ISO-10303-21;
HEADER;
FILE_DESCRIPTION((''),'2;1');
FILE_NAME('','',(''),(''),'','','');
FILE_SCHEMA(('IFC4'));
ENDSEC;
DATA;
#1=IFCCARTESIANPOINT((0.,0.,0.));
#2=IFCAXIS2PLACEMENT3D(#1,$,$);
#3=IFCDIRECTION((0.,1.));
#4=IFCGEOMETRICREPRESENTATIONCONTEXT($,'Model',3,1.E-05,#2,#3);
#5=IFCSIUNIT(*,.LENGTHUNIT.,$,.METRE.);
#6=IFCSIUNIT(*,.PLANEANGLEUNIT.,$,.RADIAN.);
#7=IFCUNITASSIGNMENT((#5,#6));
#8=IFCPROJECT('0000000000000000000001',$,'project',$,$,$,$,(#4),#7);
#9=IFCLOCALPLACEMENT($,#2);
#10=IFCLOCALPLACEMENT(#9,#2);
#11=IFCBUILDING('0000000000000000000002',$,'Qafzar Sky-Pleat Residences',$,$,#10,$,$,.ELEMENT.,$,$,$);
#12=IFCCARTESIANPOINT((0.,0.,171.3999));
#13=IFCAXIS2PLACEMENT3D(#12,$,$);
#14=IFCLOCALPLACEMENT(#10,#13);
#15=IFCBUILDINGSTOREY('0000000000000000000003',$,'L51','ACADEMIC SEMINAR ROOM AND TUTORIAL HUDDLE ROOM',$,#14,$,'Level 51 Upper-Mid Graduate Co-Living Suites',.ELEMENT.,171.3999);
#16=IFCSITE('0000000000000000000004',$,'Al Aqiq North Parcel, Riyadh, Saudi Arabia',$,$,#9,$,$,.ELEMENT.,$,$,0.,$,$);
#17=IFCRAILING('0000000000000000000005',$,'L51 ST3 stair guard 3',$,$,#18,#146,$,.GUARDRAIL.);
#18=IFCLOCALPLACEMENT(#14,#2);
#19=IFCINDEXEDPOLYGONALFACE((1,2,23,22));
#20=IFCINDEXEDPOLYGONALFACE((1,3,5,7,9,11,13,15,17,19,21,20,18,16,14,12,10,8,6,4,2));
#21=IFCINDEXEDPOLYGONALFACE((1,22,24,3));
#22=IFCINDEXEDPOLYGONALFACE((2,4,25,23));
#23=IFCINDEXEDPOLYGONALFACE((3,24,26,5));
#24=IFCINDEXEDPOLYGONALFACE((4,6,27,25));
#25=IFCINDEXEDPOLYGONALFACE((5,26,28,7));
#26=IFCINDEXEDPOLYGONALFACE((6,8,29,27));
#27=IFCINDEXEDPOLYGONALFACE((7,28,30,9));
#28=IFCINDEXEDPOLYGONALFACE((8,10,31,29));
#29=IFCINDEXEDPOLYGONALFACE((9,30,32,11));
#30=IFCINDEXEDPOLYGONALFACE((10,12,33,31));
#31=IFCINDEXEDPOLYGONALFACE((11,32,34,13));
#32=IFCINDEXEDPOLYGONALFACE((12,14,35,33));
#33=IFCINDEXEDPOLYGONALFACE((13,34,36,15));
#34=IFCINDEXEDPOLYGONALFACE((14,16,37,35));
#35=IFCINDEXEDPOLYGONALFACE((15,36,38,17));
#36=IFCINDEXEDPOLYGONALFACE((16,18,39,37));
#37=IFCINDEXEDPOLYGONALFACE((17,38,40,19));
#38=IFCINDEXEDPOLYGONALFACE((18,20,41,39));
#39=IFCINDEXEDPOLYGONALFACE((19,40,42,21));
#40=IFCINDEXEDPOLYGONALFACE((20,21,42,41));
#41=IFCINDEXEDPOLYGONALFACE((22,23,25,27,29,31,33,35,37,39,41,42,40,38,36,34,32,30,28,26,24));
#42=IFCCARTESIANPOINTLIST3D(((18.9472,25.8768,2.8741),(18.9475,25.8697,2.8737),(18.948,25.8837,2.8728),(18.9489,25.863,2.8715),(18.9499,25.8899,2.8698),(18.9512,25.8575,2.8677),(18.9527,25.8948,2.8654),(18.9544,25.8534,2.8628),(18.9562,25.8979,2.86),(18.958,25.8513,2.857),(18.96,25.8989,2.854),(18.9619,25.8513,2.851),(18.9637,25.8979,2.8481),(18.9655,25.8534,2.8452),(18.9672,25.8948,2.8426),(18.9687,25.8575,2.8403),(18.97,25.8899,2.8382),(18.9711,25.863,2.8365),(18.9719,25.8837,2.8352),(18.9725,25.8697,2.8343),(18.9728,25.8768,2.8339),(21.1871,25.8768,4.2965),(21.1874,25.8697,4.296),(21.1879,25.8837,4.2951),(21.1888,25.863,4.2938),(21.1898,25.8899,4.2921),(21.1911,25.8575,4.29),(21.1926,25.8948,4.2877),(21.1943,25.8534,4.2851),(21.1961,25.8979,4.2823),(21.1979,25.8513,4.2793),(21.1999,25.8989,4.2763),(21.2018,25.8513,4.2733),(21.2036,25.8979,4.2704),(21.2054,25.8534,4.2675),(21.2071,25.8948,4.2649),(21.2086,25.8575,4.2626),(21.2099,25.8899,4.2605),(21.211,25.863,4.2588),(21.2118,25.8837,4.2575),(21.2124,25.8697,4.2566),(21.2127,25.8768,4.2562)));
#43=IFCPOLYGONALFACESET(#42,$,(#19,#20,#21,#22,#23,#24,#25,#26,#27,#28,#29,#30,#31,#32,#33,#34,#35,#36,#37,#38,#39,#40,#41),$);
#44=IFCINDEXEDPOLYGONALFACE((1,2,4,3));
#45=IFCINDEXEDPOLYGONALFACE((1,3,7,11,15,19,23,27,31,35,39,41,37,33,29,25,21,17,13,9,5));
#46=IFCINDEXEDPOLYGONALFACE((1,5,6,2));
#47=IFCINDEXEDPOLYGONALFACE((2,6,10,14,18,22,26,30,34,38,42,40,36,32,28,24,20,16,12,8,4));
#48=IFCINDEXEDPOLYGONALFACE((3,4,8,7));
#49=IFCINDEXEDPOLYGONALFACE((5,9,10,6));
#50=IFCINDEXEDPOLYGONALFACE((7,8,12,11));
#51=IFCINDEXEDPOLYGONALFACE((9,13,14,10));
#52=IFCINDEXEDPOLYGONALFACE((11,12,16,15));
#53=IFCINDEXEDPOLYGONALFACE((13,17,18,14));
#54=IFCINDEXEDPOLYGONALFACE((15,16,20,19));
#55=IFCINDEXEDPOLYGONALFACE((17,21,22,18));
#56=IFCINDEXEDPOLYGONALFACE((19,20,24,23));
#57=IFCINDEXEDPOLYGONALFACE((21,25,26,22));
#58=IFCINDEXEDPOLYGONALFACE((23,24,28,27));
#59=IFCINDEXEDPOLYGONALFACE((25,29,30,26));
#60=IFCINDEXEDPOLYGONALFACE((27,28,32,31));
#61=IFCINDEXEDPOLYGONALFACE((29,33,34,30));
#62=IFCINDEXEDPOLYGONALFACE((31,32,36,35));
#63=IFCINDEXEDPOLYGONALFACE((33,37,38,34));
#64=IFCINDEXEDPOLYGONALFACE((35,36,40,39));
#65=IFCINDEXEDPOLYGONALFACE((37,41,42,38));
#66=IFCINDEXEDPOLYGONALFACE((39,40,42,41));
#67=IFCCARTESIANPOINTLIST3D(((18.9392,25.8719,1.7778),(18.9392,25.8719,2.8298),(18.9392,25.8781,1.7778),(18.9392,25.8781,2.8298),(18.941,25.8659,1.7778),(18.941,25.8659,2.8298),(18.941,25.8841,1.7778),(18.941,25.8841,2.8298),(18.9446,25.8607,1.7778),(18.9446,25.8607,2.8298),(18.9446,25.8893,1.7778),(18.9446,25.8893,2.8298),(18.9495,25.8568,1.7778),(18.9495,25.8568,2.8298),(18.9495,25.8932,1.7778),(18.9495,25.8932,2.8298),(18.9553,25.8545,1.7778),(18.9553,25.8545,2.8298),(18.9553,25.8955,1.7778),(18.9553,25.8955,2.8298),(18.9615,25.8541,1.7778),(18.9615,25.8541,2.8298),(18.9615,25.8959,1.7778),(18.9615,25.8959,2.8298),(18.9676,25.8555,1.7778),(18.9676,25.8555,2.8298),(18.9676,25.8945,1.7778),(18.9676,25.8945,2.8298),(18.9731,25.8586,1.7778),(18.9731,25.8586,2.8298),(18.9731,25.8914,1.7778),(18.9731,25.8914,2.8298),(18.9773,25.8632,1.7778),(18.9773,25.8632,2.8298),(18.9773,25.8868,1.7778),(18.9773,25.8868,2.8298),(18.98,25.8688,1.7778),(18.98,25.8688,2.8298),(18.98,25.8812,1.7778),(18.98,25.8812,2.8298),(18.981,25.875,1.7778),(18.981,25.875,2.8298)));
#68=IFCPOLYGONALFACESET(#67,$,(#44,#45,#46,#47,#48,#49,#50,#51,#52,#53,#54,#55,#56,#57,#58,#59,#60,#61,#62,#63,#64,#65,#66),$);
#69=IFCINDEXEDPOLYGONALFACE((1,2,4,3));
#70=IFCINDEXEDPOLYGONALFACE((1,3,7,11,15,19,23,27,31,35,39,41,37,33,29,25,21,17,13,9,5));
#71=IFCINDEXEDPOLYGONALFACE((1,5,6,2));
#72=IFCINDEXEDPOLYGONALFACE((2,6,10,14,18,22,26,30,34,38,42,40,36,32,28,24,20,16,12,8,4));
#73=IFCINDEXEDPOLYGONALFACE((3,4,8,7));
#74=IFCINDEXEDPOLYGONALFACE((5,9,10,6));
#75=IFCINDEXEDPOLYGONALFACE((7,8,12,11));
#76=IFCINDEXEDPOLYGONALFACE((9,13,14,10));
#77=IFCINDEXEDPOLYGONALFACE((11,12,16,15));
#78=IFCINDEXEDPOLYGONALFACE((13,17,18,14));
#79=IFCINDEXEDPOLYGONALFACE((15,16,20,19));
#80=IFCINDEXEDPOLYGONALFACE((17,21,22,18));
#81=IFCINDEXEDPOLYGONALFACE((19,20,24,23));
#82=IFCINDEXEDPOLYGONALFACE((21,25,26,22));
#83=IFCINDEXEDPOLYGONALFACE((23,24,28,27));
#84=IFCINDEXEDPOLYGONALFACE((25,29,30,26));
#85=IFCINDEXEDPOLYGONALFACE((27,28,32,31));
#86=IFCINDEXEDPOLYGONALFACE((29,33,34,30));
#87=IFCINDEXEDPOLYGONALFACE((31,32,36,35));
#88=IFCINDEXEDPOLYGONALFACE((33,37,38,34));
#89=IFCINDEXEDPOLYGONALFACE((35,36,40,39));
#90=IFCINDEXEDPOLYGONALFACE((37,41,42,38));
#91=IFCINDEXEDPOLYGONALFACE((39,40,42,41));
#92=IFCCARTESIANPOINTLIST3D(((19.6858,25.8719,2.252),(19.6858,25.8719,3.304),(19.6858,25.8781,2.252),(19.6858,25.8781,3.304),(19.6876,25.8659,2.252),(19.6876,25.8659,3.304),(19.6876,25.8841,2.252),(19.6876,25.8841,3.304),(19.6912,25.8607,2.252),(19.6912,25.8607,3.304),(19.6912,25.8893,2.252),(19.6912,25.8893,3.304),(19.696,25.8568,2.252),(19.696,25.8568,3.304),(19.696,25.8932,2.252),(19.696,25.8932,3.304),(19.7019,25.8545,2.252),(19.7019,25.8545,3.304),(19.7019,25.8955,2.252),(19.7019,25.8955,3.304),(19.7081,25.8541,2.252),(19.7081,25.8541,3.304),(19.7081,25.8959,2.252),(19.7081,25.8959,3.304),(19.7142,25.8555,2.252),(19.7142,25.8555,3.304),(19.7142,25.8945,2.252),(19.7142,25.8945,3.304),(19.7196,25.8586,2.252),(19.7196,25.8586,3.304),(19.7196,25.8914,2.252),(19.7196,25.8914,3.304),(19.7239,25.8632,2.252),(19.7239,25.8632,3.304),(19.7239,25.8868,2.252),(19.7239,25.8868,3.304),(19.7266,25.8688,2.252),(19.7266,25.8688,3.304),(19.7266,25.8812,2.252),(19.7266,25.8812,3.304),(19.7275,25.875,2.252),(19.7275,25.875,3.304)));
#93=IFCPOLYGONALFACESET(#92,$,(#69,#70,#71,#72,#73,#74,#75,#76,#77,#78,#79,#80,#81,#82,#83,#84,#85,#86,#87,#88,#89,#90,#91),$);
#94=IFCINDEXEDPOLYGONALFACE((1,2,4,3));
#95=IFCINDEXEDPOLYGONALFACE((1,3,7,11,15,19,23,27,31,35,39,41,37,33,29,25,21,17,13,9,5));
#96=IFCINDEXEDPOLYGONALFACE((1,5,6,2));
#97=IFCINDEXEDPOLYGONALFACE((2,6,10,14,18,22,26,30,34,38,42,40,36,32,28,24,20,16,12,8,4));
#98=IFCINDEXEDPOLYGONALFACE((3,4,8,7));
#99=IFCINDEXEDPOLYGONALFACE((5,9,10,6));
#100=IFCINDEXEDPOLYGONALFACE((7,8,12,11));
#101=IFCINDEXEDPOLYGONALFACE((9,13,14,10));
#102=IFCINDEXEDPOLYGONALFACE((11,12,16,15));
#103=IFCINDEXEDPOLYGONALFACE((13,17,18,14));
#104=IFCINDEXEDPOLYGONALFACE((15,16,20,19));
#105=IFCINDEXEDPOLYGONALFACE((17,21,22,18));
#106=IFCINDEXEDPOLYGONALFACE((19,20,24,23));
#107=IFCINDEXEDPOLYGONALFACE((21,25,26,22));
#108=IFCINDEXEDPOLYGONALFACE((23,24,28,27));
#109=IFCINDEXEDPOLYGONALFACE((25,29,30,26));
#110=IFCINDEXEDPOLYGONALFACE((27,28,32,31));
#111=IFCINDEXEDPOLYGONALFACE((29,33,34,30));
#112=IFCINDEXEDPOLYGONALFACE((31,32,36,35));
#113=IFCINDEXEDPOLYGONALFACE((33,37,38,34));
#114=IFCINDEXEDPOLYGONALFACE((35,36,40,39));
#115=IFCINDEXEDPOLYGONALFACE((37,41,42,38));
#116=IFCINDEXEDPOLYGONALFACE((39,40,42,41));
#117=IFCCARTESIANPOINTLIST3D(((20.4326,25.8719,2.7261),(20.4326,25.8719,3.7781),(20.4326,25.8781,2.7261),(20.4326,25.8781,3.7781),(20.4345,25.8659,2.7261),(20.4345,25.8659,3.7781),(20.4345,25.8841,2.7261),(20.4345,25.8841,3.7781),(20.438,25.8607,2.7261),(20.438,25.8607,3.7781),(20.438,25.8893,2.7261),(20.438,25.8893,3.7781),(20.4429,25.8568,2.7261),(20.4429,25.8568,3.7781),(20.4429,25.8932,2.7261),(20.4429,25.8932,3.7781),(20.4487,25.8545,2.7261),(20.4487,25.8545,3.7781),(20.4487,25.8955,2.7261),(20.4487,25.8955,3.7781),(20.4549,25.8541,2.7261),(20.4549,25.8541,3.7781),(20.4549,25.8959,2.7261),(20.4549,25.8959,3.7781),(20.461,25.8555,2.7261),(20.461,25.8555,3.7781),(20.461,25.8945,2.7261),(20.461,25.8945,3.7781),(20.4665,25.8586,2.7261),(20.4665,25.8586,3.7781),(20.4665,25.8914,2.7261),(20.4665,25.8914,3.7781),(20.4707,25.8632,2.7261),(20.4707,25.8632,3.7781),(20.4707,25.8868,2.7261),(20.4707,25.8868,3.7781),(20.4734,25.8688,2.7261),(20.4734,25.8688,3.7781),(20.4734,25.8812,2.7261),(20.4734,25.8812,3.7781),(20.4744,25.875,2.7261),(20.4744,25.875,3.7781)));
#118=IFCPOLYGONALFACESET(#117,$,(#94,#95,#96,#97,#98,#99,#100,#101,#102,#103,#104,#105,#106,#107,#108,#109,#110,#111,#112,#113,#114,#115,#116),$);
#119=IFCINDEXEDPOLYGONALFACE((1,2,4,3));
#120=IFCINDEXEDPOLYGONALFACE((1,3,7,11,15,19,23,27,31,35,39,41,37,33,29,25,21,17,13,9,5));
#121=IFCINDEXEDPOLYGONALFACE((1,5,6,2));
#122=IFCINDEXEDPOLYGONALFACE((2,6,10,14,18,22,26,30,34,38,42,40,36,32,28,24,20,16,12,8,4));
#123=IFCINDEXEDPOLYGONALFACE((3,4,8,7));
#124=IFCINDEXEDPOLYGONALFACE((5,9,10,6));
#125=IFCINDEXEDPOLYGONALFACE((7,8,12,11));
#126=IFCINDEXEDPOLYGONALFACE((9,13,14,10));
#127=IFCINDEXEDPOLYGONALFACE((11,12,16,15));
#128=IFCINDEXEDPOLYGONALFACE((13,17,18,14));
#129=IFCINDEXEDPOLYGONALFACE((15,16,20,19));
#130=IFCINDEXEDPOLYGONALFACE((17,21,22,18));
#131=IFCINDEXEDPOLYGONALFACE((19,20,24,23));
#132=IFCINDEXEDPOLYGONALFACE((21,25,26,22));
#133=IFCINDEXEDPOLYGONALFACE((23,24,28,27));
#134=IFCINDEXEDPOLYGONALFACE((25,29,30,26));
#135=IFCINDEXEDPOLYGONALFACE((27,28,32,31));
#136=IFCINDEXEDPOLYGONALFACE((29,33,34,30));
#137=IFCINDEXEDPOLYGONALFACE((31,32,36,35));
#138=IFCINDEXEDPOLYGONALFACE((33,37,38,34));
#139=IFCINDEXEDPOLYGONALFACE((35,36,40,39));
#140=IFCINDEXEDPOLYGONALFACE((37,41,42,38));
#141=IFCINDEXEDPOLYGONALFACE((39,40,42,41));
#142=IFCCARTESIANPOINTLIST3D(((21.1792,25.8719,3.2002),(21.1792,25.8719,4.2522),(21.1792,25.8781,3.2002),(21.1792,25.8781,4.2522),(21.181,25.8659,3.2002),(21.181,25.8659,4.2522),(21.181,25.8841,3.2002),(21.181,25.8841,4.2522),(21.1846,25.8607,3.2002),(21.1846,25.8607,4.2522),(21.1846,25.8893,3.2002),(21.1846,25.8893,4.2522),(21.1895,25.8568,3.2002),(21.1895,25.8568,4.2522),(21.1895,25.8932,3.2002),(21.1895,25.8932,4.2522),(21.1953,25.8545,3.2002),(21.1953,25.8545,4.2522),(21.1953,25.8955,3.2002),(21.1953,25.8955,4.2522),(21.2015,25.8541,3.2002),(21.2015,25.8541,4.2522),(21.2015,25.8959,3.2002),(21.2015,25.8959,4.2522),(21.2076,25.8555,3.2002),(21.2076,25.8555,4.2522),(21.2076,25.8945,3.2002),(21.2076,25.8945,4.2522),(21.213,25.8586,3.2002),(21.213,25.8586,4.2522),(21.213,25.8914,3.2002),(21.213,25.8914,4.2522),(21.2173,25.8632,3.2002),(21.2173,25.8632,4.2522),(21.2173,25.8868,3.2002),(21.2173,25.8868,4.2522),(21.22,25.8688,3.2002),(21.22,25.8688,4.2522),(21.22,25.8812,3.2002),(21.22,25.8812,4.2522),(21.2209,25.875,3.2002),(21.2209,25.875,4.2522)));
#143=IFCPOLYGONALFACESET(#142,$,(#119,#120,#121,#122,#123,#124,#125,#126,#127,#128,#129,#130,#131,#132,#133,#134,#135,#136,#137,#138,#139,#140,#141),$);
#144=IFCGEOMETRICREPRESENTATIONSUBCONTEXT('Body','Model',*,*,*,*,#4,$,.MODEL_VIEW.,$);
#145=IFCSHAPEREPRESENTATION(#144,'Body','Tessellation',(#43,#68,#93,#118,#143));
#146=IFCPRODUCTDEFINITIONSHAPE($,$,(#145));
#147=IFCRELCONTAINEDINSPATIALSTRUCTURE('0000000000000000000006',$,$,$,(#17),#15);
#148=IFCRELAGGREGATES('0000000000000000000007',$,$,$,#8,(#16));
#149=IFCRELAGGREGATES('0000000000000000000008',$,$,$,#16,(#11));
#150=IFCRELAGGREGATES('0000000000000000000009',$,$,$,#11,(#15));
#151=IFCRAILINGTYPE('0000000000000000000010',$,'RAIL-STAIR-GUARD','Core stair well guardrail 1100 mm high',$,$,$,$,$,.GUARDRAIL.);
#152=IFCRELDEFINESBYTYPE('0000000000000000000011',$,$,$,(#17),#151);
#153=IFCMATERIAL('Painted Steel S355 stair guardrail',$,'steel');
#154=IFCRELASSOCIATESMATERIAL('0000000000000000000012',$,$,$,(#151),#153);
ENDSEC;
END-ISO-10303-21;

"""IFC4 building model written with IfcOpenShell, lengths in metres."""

from ifc_helpers import new_model, si_unit, direction, frame, origin, origin_2d, place, context, subcontext, project, spatial, circle, extrude, source, transform, mapped, material, type_object, element, save


model = new_model("IFC4")

# Units and contexts
model_context = context("Model", 3, precision=1e-05, world=origin(), true_north=direction((0.0, 1.0)))
body_context = subcontext(model_context, "Body", "Model", "MODEL_VIEW")
ifc_project = project(units=[si_unit("LENGTHUNIT", "METRE"), si_unit("PLANEANGLEUNIT", "RADIAN")], contexts=[model_context])

# Site, building, storey
site_placement = place(None, origin())
site = spatial("IfcSite", under=ifc_project, at=site_placement, Name="Al Aqiq North Parcel, Riyadh, Saudi Arabia", CompositionType="ELEMENT", RefElevation=0.0)
building_placement = place(site_placement, origin())
building = spatial("IfcBuilding", under=site, at=building_placement, Name="Qafzar Sky-Pleat Residences", CompositionType="ELEMENT")
storey_placement = place(building_placement, frame((0.0, 0.0, 171.3999)))
storey = spatial("IfcBuildingStorey", under=building, at=storey_placement, Name="L51", Description="ACADEMIC SEMINAR ROOM AND TUTORIAL HUDDLE ROOM", LongName="Level 51 Upper-Mid Graduate Co-Living Suites", CompositionType="ELEMENT", Elevation=171.3999)

# Railing
ifc_material_1 = material(Name="Painted Steel S355 stair guardrail", Category="steel")
railing_type_1 = type_object("IfcRailingType", Name="RAIL-STAIR-GUARD", Description="Core stair well guardrail 1100 mm high", PredefinedType="GUARDRAIL", material=ifc_material_1)
shared_shape_1 = source(origin(), body_context, "Body", "SweptSolid", [
    extrude(circle(Radius=0.0239, at=origin_2d()), frame((0.0, 0.0, 1.0762), z_axis=(0.844188, 0.0, 0.536048), x_axis=(0.0, 1.0, 0.0)), (0.0, 0.0, 1.0), 2.6533),
    extrude(circle(Radius=0.021, at=origin_2d()), origin(), (0.0, 0.0, 1.0), 1.052),
    extrude(circle(Radius=0.021, at=origin_2d()), frame((0.7466, 0.0, 0.4741)), (0.0, 0.0, 1.0), 1.052),
    extrude(circle(Radius=0.021, at=origin_2d()), frame((1.4934, 0.0, 0.9482)), (0.0, 0.0, 1.0), 1.052),
    extrude(circle(Radius=0.021, at=origin_2d()), frame((2.24, 0.0, 1.4224)), (0.0, 0.0, 1.0), 1.052),
])
railing_1_placement = place(storey_placement, frame((18.96, 25.875, 1.7778)))
element("IfcRailing", 1, at=railing_1_placement, inside=storey, type_object=railing_type_1, Name="L51 ST3 stair guard 3", PredefinedType="GUARDRAIL", context=body_context, shape_type="MappedRepresentation", body=[
    mapped(shared_shape_1, transform((0.0, 0.0, 0.0), x_axis=(1.0, 0.0, 0.0), y_axis=(0.0, 1.0, 0.0), z_axis=(0.0, 0.0, 1.0), scale=1.0)),
])

save(model, "model.ifc")
